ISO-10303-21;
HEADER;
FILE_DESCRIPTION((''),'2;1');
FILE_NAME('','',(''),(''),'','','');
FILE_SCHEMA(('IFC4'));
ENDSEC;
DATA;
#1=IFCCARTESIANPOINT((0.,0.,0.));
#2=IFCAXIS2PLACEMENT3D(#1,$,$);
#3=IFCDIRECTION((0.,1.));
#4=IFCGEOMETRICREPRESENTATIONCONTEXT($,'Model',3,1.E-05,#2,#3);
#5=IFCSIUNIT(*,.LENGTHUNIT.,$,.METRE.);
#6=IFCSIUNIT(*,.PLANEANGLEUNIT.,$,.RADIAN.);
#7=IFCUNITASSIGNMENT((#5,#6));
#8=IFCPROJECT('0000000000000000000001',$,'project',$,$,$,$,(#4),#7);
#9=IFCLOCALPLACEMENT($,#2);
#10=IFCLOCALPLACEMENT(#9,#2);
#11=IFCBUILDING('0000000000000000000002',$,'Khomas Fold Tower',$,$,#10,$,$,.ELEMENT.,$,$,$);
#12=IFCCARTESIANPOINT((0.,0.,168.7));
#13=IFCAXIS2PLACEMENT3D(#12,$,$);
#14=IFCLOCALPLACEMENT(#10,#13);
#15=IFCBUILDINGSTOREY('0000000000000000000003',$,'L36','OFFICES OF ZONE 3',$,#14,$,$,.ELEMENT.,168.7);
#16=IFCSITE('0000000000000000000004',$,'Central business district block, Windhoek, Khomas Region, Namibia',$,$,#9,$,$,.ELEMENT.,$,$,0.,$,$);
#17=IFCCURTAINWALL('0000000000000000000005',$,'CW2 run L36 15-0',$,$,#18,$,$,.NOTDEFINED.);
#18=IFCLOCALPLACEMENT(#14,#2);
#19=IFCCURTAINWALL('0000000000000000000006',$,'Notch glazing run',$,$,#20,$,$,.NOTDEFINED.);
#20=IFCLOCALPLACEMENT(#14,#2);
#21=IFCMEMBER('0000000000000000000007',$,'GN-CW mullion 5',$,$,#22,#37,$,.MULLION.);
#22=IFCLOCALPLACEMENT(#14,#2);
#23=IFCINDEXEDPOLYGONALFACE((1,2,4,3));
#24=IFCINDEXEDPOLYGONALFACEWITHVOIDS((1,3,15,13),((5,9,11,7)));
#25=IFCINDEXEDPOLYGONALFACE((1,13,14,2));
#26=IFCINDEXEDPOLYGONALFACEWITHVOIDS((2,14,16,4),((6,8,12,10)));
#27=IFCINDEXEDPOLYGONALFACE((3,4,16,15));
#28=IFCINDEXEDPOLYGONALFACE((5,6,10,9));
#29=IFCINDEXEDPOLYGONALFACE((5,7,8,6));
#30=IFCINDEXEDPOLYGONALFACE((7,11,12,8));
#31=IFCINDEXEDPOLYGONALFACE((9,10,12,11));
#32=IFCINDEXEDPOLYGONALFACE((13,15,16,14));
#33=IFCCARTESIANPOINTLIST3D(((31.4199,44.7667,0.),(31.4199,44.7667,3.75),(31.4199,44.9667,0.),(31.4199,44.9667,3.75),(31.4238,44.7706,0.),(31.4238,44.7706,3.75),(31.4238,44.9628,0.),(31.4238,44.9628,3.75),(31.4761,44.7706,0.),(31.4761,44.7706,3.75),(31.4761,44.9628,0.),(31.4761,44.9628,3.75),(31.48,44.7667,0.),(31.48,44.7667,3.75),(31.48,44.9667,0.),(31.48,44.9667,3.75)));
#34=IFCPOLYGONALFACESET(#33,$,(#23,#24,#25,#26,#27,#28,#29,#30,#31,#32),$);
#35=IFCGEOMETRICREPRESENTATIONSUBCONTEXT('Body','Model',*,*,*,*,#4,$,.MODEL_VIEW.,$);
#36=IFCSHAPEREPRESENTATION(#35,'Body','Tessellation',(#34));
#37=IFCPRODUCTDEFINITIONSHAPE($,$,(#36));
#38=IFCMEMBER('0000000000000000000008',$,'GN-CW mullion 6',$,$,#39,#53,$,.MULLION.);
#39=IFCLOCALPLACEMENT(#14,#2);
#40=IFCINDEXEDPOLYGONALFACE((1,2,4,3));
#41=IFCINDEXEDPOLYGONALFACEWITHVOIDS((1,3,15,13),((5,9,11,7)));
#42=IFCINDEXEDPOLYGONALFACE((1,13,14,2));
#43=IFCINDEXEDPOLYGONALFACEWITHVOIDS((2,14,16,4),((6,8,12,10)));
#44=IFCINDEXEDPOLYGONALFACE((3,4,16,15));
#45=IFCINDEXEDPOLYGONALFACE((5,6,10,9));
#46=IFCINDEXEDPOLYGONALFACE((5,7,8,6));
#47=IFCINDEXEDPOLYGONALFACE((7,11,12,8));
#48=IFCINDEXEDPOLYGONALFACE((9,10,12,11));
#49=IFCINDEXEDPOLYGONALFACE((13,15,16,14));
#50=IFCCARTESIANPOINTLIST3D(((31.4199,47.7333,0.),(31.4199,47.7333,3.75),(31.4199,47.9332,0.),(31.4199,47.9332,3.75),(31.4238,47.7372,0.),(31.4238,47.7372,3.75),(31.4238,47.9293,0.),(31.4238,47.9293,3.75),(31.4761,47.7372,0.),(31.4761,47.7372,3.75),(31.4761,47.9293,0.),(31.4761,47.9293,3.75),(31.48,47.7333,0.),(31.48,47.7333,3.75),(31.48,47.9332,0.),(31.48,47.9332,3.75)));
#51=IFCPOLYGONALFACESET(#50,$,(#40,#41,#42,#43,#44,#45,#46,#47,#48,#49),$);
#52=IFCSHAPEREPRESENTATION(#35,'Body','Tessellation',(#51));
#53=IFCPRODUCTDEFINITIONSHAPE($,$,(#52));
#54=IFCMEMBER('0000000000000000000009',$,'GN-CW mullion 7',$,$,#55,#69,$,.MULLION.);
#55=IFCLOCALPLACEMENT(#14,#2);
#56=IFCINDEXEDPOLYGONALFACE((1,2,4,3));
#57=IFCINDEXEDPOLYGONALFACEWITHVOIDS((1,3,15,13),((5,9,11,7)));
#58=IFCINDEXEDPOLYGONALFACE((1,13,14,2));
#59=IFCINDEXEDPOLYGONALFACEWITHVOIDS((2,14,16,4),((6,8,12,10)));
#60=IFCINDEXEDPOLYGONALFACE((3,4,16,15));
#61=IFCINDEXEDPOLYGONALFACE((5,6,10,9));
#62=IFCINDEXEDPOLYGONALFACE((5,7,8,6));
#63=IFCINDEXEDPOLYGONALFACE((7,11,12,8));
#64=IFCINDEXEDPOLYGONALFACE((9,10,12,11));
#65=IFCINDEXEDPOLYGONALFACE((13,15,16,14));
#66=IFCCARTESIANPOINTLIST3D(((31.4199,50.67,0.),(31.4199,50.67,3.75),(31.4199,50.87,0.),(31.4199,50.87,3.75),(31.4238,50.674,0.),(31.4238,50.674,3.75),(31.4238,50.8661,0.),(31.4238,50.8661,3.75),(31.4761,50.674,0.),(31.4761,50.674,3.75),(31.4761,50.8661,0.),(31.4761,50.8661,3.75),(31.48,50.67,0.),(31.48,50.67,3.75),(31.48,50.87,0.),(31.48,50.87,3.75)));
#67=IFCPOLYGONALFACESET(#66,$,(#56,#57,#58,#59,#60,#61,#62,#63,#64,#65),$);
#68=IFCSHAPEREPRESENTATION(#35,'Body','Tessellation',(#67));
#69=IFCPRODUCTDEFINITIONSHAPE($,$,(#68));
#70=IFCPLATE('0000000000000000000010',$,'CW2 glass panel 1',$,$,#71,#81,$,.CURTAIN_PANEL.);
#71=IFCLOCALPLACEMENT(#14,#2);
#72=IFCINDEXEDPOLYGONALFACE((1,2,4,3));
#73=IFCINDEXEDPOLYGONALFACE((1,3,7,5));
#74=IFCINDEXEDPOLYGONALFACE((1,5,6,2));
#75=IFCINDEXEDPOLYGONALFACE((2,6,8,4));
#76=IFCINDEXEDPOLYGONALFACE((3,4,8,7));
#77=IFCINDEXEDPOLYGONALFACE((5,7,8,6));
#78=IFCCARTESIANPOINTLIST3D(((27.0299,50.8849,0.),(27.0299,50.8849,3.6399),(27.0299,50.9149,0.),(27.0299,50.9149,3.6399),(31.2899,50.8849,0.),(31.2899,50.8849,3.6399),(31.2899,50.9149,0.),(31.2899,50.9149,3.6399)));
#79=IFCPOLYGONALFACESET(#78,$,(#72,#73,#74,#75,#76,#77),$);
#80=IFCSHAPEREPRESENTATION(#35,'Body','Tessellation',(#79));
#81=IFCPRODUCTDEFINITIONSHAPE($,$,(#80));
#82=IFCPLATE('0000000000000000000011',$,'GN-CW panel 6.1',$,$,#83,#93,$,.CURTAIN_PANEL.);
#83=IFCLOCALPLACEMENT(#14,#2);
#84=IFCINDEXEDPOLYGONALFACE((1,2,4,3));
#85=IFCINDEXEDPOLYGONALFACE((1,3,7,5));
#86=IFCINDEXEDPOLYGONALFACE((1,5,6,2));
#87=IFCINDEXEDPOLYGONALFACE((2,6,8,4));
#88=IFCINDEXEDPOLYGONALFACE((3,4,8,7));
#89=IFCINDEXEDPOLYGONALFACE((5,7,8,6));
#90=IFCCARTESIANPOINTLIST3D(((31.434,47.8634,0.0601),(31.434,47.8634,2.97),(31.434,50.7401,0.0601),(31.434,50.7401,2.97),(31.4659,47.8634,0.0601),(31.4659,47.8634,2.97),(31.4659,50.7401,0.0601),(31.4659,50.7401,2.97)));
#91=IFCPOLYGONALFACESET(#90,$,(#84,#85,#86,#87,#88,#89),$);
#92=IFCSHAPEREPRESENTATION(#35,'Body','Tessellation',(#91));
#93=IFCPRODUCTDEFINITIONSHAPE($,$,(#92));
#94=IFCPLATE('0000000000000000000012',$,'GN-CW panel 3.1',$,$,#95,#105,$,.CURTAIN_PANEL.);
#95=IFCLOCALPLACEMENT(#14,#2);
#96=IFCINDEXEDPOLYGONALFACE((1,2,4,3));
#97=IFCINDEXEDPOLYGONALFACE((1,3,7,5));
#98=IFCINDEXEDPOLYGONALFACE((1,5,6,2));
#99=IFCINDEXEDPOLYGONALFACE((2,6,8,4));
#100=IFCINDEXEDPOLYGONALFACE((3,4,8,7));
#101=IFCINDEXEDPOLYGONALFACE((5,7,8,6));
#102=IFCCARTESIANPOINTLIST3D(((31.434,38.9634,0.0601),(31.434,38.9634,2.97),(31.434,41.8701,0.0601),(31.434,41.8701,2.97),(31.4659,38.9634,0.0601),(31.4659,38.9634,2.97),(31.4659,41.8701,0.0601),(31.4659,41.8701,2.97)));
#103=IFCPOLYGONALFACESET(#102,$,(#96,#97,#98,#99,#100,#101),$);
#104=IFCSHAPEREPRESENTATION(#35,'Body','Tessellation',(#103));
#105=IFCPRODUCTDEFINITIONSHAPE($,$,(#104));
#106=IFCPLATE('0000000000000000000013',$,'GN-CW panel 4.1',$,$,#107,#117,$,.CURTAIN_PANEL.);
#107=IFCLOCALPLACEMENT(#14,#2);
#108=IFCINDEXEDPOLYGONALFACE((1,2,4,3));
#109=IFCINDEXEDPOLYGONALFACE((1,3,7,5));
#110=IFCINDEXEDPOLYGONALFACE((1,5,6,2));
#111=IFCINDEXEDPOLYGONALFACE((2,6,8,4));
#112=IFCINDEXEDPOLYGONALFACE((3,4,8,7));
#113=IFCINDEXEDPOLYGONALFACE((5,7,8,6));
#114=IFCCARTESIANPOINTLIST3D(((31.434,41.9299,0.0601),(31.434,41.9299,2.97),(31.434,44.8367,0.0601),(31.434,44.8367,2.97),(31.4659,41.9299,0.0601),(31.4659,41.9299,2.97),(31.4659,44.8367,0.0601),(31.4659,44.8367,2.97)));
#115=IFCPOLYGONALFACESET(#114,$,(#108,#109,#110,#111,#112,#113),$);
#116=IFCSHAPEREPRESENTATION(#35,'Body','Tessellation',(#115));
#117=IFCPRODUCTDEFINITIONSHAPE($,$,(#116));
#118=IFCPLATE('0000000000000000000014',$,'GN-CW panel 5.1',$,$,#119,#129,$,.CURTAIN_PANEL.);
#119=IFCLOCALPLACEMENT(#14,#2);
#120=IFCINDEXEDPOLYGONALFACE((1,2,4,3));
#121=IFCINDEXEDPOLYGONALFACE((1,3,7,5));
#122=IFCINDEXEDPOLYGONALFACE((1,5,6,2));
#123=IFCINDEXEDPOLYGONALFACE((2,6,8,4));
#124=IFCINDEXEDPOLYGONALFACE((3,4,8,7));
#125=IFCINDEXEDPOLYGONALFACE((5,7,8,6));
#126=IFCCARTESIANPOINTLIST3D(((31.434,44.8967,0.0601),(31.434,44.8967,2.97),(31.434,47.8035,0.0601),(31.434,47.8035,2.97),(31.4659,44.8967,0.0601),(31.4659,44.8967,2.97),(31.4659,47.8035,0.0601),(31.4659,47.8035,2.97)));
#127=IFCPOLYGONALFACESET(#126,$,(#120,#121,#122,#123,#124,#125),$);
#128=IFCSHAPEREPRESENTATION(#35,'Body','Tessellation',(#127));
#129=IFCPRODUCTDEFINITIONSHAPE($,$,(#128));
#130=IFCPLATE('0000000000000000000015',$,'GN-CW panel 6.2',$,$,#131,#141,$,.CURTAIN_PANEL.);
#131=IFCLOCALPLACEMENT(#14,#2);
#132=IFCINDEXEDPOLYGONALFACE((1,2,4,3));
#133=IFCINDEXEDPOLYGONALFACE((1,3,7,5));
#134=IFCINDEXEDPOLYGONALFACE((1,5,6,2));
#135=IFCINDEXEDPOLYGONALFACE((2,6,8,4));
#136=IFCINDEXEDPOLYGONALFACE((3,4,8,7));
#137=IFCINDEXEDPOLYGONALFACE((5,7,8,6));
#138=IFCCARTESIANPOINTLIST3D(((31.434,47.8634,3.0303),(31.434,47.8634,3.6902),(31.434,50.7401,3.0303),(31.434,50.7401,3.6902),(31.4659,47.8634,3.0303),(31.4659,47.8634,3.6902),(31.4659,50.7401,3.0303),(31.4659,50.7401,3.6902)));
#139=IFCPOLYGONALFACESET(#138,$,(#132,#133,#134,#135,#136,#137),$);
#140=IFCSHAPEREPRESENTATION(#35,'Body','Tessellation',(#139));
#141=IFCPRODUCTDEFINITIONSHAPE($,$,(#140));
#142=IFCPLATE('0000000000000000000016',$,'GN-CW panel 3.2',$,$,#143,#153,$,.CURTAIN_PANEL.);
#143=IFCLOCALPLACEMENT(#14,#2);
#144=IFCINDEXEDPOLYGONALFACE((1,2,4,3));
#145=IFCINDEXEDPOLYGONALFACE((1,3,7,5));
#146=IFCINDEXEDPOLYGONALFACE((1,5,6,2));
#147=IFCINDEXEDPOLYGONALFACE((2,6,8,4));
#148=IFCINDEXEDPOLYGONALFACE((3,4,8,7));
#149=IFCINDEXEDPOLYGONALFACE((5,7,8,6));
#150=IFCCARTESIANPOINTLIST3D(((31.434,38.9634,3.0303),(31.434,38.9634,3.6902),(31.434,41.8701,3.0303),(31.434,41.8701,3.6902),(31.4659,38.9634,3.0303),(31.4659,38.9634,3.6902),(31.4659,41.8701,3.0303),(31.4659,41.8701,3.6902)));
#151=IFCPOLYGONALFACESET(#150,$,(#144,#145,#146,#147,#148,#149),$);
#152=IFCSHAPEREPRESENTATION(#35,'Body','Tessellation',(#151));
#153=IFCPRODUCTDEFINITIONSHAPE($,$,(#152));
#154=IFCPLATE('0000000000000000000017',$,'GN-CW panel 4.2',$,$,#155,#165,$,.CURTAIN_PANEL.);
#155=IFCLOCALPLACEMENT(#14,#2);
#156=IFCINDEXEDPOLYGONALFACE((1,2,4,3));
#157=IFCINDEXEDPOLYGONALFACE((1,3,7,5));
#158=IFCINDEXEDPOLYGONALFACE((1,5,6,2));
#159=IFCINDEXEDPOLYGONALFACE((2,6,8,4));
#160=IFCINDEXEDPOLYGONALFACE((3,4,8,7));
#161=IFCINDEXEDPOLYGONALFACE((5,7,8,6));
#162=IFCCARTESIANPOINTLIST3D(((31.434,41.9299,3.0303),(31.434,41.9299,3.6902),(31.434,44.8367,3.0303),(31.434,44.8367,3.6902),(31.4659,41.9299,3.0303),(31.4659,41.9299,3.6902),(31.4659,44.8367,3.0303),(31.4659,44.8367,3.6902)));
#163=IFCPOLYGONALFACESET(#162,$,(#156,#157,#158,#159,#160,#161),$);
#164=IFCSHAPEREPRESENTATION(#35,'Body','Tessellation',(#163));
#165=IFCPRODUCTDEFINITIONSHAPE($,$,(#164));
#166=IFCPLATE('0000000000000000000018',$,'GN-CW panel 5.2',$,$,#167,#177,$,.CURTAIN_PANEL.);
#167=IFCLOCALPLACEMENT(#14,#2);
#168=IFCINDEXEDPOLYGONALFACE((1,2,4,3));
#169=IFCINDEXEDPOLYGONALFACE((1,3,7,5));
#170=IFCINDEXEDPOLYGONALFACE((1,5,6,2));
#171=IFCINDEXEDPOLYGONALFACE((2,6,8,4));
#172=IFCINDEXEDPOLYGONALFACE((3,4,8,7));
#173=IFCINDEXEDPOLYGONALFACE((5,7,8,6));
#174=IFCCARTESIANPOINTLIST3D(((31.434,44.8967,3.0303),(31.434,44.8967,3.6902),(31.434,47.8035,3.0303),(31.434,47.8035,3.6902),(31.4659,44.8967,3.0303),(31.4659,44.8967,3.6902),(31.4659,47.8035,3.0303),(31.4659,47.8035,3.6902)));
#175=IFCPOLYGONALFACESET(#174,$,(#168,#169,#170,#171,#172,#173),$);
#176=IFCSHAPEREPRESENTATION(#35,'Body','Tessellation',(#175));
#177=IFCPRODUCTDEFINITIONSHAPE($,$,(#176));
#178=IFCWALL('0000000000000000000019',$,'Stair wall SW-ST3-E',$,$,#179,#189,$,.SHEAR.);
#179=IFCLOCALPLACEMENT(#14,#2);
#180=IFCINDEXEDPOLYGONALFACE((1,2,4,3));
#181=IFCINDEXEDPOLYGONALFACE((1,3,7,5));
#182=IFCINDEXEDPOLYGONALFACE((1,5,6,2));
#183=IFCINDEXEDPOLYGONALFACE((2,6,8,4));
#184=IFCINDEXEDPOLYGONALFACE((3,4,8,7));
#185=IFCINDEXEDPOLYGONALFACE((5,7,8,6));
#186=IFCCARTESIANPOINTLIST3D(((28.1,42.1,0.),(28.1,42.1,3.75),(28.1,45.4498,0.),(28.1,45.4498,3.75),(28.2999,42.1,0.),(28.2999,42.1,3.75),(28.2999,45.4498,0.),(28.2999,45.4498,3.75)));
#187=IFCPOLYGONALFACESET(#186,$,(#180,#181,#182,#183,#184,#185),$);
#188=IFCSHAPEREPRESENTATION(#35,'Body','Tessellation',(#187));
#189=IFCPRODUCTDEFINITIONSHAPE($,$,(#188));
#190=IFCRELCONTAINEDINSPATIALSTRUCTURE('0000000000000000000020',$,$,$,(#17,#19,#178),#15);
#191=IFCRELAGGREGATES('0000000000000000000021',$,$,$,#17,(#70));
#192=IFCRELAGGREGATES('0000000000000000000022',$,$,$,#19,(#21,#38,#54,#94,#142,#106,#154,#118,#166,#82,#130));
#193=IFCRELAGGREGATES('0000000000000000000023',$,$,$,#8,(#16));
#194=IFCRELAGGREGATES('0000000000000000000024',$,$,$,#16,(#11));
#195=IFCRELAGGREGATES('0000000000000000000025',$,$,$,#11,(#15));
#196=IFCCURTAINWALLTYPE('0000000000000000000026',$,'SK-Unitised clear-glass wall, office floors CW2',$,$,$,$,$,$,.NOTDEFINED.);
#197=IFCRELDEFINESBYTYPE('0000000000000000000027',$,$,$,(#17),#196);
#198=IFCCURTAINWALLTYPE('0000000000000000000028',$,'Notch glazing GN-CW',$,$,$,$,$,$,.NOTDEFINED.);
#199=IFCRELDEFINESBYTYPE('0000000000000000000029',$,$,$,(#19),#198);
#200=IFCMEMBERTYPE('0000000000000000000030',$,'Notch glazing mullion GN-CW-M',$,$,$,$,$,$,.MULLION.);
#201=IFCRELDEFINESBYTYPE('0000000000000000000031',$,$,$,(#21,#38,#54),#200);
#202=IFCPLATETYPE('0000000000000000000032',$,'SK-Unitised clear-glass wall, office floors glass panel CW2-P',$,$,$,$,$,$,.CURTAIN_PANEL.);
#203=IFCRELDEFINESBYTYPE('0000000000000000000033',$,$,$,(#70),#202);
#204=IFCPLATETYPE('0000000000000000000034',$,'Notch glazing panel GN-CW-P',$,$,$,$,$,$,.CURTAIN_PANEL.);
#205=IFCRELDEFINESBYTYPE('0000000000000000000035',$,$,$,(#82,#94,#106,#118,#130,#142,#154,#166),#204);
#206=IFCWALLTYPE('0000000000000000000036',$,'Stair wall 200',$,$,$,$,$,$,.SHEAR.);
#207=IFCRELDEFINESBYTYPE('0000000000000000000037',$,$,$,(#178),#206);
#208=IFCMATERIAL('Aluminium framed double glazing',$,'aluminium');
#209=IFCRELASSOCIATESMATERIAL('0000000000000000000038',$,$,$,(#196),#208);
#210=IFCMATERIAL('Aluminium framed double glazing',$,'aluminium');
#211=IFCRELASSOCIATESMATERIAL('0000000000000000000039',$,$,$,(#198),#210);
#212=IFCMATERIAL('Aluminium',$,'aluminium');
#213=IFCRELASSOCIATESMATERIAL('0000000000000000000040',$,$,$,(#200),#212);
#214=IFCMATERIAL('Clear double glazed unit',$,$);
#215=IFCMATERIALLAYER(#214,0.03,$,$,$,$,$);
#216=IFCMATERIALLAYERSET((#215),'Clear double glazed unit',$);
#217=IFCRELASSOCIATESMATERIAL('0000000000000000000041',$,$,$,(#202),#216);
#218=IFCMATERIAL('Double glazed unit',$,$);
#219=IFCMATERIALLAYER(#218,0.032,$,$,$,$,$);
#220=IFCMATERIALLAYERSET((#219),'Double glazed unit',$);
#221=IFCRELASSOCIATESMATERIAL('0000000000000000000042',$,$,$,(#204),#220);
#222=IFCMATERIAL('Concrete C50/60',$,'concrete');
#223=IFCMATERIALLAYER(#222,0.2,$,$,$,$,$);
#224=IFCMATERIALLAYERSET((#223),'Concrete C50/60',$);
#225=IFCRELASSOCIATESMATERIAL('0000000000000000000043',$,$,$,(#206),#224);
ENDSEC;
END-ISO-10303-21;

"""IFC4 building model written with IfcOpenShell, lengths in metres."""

from ifc_helpers import new_model, si_unit, direction, frame, frame_2d, origin, origin_2d, place, context, subcontext, project, spatial, rectangle, hollow_rectangle, extrude, source, transform, mapped, material, layer, layer_set, material_profile, profile_set, type_object, element, aggregate, save


model = new_model("IFC4")

# Units and contexts
model_context = context("Model", 3, precision=1e-05, world=origin(), true_north=direction((0.0, 1.0)))
body_context = subcontext(model_context, "Body", "Model", "MODEL_VIEW")
ifc_project = project(units=[si_unit("LENGTHUNIT", "METRE"), si_unit("PLANEANGLEUNIT", "RADIAN")], contexts=[model_context])

# Site, building, storey
site_placement = place(None, origin())
site = spatial("IfcSite", under=ifc_project, at=site_placement, Name="Central business district block, Windhoek, Khomas Region, Namibia", CompositionType="ELEMENT", RefElevation=0.0)
building_placement = place(site_placement, origin())
building = spatial("IfcBuilding", under=site, at=building_placement, Name="Khomas Fold Tower", CompositionType="ELEMENT")
storey_placement = place(building_placement, frame((0.0, 0.0, 168.7)))
storey = spatial("IfcBuildingStorey", under=building, at=storey_placement, Name="L36", Description="OFFICES OF ZONE 3", CompositionType="ELEMENT", Elevation=168.7)

# Shared definitions
ifc_material_1 = material(Name="Aluminium framed double glazing", Category="aluminium")
curtain_wall_type_1 = type_object("IfcCurtainWallType", Name="SK-Unitised clear-glass wall, office floors CW2", PredefinedType="NOTDEFINED", material=ifc_material_1)

# Curtain walls, members
curtain_wall_1_placement = place(storey_placement, origin())
curtain_wall_1 = element("IfcCurtainWall", 1, at=curtain_wall_1_placement, inside=storey, type_object=curtain_wall_type_1, Name="CW2 run L36 15-0", PredefinedType="NOTDEFINED")
ifc_material_2 = material(Name="Aluminium framed double glazing", Category="aluminium")
curtain_wall_type_2 = type_object("IfcCurtainWallType", Name="Notch glazing GN-CW", PredefinedType="NOTDEFINED", material=ifc_material_2)
curtain_wall_2_placement = place(storey_placement, origin())
curtain_wall_2 = element("IfcCurtainWall", 2, at=curtain_wall_2_placement, inside=storey, type_object=curtain_wall_type_2, Name="Notch glazing run", PredefinedType="NOTDEFINED")
ifc_material_3 = material(Name="Aluminium", Category="aluminium")
ifc_material_profile_1 = material_profile(ifc_material_3, hollow_rectangle(XDim=0.0601, YDim=0.2, WallThickness=0.0039, at=origin_2d()), Name="Notch glazing mullion GN-CW-M")
ifc_profile_set_1 = profile_set([ifc_material_profile_1], Name="Aluminium")
member_type_1 = type_object("IfcMemberType", Name="Notch glazing mullion GN-CW-M", PredefinedType="MULLION", material=ifc_profile_set_1)
shared_shape_1 = source(origin(), body_context, "Body", "SweptSolid", [
    extrude(hollow_rectangle(XDim=0.0601, YDim=0.2, WallThickness=0.0039, at=origin_2d()), origin(), (0.0, 0.0, 1.0), 3.75),
])
member_1_placement = place(storey_placement, frame((31.45, 44.8667, 0.0), z_axis=(0.0, 0.0, 1.0), x_axis=(-1.0, 0.0, 0.0)))
member_1 = element("IfcMember", 3, at=member_1_placement, type_object=member_type_1, Name="GN-CW mullion 5", PredefinedType="MULLION", context=body_context, shape_type="MappedRepresentation", body=[
    mapped(shared_shape_1, transform((0.0, 0.0, 0.0))),
])
member_2_placement = place(storey_placement, frame((31.45, 47.8333, 0.0), z_axis=(0.0, 0.0, 1.0), x_axis=(-1.0, 0.0, 0.0)))
member_2 = element("IfcMember", 4, at=member_2_placement, type_object=member_type_1, Name="GN-CW mullion 6", PredefinedType="MULLION", context=body_context, shape_type="MappedRepresentation", body=[
    mapped(shared_shape_1, transform((0.0, 0.0, 0.0))),
])
member_3_placement = place(storey_placement, frame((31.45, 50.77, 0.0), z_axis=(0.0, 0.0, 1.0), x_axis=(-1.0, 0.0, 0.0)))
member_3 = element("IfcMember", 5, at=member_3_placement, type_object=member_type_1, Name="GN-CW mullion 7", PredefinedType="MULLION", context=body_context, shape_type="MappedRepresentation", body=[
    mapped(shared_shape_1, transform((0.0, 0.0, 0.0))),
])

# Plates
ifc_material_4 = material(Name="Clear double glazed unit")
ifc_layer_1 = layer(ifc_material_4, 0.03)
ifc_layer_set_1 = layer_set([ifc_layer_1], Name="Clear double glazed unit")
plate_type_1 = type_object("IfcPlateType", Name="SK-Unitised clear-glass wall, office floors glass panel CW2-P", PredefinedType="CURTAIN_PANEL", material=ifc_layer_set_1)
shared_shape_2 = source(origin(), body_context, "Body", "SweptSolid", [
    extrude(rectangle(XDim=4.26, YDim=0.03, at=origin_2d()), origin(), (0.0, 0.0, 1.0), 3.6399),
])
plate_1_placement = place(storey_placement, frame((29.1599, 50.8999, 0.0), z_axis=(0.0, 0.0, 1.0), x_axis=(-1.0, 0.0, 0.0)))
plate_1 = element("IfcPlate", 6, at=plate_1_placement, type_object=plate_type_1, Name="CW2 glass panel 1", PredefinedType="CURTAIN_PANEL", context=body_context, shape_type="MappedRepresentation", body=[
    mapped(shared_shape_2, transform((0.0, 0.0, 0.0))),
])
aggregate(curtain_wall_1, [plate_1])
ifc_material_5 = material(Name="Double glazed unit")
ifc_layer_2 = layer(ifc_material_5, 0.032)
ifc_layer_set_2 = layer_set([ifc_layer_2], Name="Double glazed unit")
plate_type_2 = type_object("IfcPlateType", Name="Notch glazing panel GN-CW-P", PredefinedType="CURTAIN_PANEL", material=ifc_layer_set_2)
shared_shape_3 = source(origin(), body_context, "Body", "SweptSolid", [
    extrude(rectangle(XDim=2.8767, YDim=0.032, at=origin_2d()), origin(), (0.0, 0.0, 1.0), 2.9099),
])
plate_2_placement = place(storey_placement, frame((31.45, 49.3018, 0.0601), z_axis=(0.0, 0.0, 1.0), x_axis=(0.0, 1.0, 0.0)))
plate_2 = element("IfcPlate", 7, at=plate_2_placement, type_object=plate_type_2, Name="GN-CW panel 6.1", PredefinedType="CURTAIN_PANEL", context=body_context, shape_type="MappedRepresentation", body=[
    mapped(shared_shape_3, transform((0.0, 0.0, 0.0))),
])
shared_shape_4 = source(origin(), body_context, "Body", "SweptSolid", [
    extrude(rectangle(XDim=2.9067, YDim=0.032, at=origin_2d()), origin(), (0.0, 0.0, 1.0), 2.9099),
])
plate_3_placement = place(storey_placement, frame((31.45, 40.4167, 0.0601), z_axis=(0.0, 0.0, 1.0), x_axis=(0.0, 1.0, 0.0)))
plate_3 = element("IfcPlate", 8, at=plate_3_placement, type_object=plate_type_2, Name="GN-CW panel 3.1", PredefinedType="CURTAIN_PANEL", context=body_context, shape_type="MappedRepresentation", body=[
    mapped(shared_shape_4, transform((0.0, 0.0, 0.0))),
])
plate_4_placement = place(storey_placement, frame((31.45, 43.3833, 0.0601), z_axis=(0.0, 0.0, 1.0), x_axis=(0.0, 1.0, 0.0)))
plate_4 = element("IfcPlate", 9, at=plate_4_placement, type_object=plate_type_2, Name="GN-CW panel 4.1", PredefinedType="CURTAIN_PANEL", context=body_context, shape_type="MappedRepresentation", body=[
    mapped(shared_shape_4, transform((0.0, 0.0, 0.0))),
])
plate_5_placement = place(storey_placement, frame((31.45, 46.3501, 0.0601), z_axis=(0.0, 0.0, 1.0), x_axis=(0.0, 1.0, 0.0)))
plate_5 = element("IfcPlate", 10, at=plate_5_placement, type_object=plate_type_2, Name="GN-CW panel 5.1", PredefinedType="CURTAIN_PANEL", context=body_context, shape_type="MappedRepresentation", body=[
    mapped(shared_shape_4, transform((0.0, 0.0, 0.0))),
])
shared_shape_5 = source(origin(), body_context, "Body", "SweptSolid", [
    extrude(rectangle(XDim=2.8767, YDim=0.032, at=origin_2d()), origin(), (0.0, 0.0, 1.0), 0.6599),
])
plate_6_placement = place(storey_placement, frame((31.45, 49.3018, 3.0303), z_axis=(0.0, 0.0, 1.0), x_axis=(0.0, 1.0, 0.0)))
plate_6 = element("IfcPlate", 11, at=plate_6_placement, type_object=plate_type_2, Name="GN-CW panel 6.2", PredefinedType="CURTAIN_PANEL", context=body_context, shape_type="MappedRepresentation", body=[
    mapped(shared_shape_5, transform((0.0, 0.0, 0.0))),
])
shared_shape_6 = source(origin(), body_context, "Body", "SweptSolid", [
    extrude(rectangle(XDim=2.9067, YDim=0.032, at=origin_2d()), origin(), (0.0, 0.0, 1.0), 0.6599),
])
plate_7_placement = place(storey_placement, frame((31.45, 40.4167, 3.0303), z_axis=(0.0, 0.0, 1.0), x_axis=(0.0, 1.0, 0.0)))
plate_7 = element("IfcPlate", 12, at=plate_7_placement, type_object=plate_type_2, Name="GN-CW panel 3.2", PredefinedType="CURTAIN_PANEL", context=body_context, shape_type="MappedRepresentation", body=[
    mapped(shared_shape_6, transform((0.0, 0.0, 0.0))),
])
plate_8_placement = place(storey_placement, frame((31.45, 43.3833, 3.0303), z_axis=(0.0, 0.0, 1.0), x_axis=(0.0, 1.0, 0.0)))
plate_8 = element("IfcPlate", 13, at=plate_8_placement, type_object=plate_type_2, Name="GN-CW panel 4.2", PredefinedType="CURTAIN_PANEL", context=body_context, shape_type="MappedRepresentation", body=[
    mapped(shared_shape_6, transform((0.0, 0.0, 0.0))),
])
plate_9_placement = place(storey_placement, frame((31.45, 46.3501, 3.0303), z_axis=(0.0, 0.0, 1.0), x_axis=(0.0, 1.0, 0.0)))
plate_9 = element("IfcPlate", 14, at=plate_9_placement, type_object=plate_type_2, Name="GN-CW panel 5.2", PredefinedType="CURTAIN_PANEL", context=body_context, shape_type="MappedRepresentation", body=[
    mapped(shared_shape_6, transform((0.0, 0.0, 0.0))),
])
aggregate(curtain_wall_2, [member_1, member_2, member_3, plate_3, plate_7, plate_4, plate_8, plate_5, plate_9, plate_2, plate_6])

# Wall
ifc_material_6 = material(Name="Concrete C50/60", Category="concrete")
ifc_layer_3 = layer(ifc_material_6, 0.2)
ifc_layer_set_3 = layer_set([ifc_layer_3], Name="Concrete C50/60")
wall_type_1 = type_object("IfcWallType", Name="Stair wall 200", PredefinedType="SHEAR", material=ifc_layer_set_3)
shared_shape_7 = source(origin(), body_context, "Body", "SweptSolid", [
    extrude(rectangle(XDim=3.3499, YDim=0.2, at=frame_2d((1.6748, 0.0))), origin(), (0.0, 0.0, 1.0), 3.75),
])
wall_1_placement = place(storey_placement, frame((28.2, 42.1001, 0.0), z_axis=(0.0, 0.0, 1.0), x_axis=(0.0, 1.0, 0.0)))
element("IfcWall", 15, at=wall_1_placement, inside=storey, type_object=wall_type_1, Name="Stair wall SW-ST3-E", PredefinedType="SHEAR", context=body_context, shape_type="MappedRepresentation", body=[
    mapped(shared_shape_7, transform((0.0, 0.0, 0.0))),
])

save(model, "model.ifc")
